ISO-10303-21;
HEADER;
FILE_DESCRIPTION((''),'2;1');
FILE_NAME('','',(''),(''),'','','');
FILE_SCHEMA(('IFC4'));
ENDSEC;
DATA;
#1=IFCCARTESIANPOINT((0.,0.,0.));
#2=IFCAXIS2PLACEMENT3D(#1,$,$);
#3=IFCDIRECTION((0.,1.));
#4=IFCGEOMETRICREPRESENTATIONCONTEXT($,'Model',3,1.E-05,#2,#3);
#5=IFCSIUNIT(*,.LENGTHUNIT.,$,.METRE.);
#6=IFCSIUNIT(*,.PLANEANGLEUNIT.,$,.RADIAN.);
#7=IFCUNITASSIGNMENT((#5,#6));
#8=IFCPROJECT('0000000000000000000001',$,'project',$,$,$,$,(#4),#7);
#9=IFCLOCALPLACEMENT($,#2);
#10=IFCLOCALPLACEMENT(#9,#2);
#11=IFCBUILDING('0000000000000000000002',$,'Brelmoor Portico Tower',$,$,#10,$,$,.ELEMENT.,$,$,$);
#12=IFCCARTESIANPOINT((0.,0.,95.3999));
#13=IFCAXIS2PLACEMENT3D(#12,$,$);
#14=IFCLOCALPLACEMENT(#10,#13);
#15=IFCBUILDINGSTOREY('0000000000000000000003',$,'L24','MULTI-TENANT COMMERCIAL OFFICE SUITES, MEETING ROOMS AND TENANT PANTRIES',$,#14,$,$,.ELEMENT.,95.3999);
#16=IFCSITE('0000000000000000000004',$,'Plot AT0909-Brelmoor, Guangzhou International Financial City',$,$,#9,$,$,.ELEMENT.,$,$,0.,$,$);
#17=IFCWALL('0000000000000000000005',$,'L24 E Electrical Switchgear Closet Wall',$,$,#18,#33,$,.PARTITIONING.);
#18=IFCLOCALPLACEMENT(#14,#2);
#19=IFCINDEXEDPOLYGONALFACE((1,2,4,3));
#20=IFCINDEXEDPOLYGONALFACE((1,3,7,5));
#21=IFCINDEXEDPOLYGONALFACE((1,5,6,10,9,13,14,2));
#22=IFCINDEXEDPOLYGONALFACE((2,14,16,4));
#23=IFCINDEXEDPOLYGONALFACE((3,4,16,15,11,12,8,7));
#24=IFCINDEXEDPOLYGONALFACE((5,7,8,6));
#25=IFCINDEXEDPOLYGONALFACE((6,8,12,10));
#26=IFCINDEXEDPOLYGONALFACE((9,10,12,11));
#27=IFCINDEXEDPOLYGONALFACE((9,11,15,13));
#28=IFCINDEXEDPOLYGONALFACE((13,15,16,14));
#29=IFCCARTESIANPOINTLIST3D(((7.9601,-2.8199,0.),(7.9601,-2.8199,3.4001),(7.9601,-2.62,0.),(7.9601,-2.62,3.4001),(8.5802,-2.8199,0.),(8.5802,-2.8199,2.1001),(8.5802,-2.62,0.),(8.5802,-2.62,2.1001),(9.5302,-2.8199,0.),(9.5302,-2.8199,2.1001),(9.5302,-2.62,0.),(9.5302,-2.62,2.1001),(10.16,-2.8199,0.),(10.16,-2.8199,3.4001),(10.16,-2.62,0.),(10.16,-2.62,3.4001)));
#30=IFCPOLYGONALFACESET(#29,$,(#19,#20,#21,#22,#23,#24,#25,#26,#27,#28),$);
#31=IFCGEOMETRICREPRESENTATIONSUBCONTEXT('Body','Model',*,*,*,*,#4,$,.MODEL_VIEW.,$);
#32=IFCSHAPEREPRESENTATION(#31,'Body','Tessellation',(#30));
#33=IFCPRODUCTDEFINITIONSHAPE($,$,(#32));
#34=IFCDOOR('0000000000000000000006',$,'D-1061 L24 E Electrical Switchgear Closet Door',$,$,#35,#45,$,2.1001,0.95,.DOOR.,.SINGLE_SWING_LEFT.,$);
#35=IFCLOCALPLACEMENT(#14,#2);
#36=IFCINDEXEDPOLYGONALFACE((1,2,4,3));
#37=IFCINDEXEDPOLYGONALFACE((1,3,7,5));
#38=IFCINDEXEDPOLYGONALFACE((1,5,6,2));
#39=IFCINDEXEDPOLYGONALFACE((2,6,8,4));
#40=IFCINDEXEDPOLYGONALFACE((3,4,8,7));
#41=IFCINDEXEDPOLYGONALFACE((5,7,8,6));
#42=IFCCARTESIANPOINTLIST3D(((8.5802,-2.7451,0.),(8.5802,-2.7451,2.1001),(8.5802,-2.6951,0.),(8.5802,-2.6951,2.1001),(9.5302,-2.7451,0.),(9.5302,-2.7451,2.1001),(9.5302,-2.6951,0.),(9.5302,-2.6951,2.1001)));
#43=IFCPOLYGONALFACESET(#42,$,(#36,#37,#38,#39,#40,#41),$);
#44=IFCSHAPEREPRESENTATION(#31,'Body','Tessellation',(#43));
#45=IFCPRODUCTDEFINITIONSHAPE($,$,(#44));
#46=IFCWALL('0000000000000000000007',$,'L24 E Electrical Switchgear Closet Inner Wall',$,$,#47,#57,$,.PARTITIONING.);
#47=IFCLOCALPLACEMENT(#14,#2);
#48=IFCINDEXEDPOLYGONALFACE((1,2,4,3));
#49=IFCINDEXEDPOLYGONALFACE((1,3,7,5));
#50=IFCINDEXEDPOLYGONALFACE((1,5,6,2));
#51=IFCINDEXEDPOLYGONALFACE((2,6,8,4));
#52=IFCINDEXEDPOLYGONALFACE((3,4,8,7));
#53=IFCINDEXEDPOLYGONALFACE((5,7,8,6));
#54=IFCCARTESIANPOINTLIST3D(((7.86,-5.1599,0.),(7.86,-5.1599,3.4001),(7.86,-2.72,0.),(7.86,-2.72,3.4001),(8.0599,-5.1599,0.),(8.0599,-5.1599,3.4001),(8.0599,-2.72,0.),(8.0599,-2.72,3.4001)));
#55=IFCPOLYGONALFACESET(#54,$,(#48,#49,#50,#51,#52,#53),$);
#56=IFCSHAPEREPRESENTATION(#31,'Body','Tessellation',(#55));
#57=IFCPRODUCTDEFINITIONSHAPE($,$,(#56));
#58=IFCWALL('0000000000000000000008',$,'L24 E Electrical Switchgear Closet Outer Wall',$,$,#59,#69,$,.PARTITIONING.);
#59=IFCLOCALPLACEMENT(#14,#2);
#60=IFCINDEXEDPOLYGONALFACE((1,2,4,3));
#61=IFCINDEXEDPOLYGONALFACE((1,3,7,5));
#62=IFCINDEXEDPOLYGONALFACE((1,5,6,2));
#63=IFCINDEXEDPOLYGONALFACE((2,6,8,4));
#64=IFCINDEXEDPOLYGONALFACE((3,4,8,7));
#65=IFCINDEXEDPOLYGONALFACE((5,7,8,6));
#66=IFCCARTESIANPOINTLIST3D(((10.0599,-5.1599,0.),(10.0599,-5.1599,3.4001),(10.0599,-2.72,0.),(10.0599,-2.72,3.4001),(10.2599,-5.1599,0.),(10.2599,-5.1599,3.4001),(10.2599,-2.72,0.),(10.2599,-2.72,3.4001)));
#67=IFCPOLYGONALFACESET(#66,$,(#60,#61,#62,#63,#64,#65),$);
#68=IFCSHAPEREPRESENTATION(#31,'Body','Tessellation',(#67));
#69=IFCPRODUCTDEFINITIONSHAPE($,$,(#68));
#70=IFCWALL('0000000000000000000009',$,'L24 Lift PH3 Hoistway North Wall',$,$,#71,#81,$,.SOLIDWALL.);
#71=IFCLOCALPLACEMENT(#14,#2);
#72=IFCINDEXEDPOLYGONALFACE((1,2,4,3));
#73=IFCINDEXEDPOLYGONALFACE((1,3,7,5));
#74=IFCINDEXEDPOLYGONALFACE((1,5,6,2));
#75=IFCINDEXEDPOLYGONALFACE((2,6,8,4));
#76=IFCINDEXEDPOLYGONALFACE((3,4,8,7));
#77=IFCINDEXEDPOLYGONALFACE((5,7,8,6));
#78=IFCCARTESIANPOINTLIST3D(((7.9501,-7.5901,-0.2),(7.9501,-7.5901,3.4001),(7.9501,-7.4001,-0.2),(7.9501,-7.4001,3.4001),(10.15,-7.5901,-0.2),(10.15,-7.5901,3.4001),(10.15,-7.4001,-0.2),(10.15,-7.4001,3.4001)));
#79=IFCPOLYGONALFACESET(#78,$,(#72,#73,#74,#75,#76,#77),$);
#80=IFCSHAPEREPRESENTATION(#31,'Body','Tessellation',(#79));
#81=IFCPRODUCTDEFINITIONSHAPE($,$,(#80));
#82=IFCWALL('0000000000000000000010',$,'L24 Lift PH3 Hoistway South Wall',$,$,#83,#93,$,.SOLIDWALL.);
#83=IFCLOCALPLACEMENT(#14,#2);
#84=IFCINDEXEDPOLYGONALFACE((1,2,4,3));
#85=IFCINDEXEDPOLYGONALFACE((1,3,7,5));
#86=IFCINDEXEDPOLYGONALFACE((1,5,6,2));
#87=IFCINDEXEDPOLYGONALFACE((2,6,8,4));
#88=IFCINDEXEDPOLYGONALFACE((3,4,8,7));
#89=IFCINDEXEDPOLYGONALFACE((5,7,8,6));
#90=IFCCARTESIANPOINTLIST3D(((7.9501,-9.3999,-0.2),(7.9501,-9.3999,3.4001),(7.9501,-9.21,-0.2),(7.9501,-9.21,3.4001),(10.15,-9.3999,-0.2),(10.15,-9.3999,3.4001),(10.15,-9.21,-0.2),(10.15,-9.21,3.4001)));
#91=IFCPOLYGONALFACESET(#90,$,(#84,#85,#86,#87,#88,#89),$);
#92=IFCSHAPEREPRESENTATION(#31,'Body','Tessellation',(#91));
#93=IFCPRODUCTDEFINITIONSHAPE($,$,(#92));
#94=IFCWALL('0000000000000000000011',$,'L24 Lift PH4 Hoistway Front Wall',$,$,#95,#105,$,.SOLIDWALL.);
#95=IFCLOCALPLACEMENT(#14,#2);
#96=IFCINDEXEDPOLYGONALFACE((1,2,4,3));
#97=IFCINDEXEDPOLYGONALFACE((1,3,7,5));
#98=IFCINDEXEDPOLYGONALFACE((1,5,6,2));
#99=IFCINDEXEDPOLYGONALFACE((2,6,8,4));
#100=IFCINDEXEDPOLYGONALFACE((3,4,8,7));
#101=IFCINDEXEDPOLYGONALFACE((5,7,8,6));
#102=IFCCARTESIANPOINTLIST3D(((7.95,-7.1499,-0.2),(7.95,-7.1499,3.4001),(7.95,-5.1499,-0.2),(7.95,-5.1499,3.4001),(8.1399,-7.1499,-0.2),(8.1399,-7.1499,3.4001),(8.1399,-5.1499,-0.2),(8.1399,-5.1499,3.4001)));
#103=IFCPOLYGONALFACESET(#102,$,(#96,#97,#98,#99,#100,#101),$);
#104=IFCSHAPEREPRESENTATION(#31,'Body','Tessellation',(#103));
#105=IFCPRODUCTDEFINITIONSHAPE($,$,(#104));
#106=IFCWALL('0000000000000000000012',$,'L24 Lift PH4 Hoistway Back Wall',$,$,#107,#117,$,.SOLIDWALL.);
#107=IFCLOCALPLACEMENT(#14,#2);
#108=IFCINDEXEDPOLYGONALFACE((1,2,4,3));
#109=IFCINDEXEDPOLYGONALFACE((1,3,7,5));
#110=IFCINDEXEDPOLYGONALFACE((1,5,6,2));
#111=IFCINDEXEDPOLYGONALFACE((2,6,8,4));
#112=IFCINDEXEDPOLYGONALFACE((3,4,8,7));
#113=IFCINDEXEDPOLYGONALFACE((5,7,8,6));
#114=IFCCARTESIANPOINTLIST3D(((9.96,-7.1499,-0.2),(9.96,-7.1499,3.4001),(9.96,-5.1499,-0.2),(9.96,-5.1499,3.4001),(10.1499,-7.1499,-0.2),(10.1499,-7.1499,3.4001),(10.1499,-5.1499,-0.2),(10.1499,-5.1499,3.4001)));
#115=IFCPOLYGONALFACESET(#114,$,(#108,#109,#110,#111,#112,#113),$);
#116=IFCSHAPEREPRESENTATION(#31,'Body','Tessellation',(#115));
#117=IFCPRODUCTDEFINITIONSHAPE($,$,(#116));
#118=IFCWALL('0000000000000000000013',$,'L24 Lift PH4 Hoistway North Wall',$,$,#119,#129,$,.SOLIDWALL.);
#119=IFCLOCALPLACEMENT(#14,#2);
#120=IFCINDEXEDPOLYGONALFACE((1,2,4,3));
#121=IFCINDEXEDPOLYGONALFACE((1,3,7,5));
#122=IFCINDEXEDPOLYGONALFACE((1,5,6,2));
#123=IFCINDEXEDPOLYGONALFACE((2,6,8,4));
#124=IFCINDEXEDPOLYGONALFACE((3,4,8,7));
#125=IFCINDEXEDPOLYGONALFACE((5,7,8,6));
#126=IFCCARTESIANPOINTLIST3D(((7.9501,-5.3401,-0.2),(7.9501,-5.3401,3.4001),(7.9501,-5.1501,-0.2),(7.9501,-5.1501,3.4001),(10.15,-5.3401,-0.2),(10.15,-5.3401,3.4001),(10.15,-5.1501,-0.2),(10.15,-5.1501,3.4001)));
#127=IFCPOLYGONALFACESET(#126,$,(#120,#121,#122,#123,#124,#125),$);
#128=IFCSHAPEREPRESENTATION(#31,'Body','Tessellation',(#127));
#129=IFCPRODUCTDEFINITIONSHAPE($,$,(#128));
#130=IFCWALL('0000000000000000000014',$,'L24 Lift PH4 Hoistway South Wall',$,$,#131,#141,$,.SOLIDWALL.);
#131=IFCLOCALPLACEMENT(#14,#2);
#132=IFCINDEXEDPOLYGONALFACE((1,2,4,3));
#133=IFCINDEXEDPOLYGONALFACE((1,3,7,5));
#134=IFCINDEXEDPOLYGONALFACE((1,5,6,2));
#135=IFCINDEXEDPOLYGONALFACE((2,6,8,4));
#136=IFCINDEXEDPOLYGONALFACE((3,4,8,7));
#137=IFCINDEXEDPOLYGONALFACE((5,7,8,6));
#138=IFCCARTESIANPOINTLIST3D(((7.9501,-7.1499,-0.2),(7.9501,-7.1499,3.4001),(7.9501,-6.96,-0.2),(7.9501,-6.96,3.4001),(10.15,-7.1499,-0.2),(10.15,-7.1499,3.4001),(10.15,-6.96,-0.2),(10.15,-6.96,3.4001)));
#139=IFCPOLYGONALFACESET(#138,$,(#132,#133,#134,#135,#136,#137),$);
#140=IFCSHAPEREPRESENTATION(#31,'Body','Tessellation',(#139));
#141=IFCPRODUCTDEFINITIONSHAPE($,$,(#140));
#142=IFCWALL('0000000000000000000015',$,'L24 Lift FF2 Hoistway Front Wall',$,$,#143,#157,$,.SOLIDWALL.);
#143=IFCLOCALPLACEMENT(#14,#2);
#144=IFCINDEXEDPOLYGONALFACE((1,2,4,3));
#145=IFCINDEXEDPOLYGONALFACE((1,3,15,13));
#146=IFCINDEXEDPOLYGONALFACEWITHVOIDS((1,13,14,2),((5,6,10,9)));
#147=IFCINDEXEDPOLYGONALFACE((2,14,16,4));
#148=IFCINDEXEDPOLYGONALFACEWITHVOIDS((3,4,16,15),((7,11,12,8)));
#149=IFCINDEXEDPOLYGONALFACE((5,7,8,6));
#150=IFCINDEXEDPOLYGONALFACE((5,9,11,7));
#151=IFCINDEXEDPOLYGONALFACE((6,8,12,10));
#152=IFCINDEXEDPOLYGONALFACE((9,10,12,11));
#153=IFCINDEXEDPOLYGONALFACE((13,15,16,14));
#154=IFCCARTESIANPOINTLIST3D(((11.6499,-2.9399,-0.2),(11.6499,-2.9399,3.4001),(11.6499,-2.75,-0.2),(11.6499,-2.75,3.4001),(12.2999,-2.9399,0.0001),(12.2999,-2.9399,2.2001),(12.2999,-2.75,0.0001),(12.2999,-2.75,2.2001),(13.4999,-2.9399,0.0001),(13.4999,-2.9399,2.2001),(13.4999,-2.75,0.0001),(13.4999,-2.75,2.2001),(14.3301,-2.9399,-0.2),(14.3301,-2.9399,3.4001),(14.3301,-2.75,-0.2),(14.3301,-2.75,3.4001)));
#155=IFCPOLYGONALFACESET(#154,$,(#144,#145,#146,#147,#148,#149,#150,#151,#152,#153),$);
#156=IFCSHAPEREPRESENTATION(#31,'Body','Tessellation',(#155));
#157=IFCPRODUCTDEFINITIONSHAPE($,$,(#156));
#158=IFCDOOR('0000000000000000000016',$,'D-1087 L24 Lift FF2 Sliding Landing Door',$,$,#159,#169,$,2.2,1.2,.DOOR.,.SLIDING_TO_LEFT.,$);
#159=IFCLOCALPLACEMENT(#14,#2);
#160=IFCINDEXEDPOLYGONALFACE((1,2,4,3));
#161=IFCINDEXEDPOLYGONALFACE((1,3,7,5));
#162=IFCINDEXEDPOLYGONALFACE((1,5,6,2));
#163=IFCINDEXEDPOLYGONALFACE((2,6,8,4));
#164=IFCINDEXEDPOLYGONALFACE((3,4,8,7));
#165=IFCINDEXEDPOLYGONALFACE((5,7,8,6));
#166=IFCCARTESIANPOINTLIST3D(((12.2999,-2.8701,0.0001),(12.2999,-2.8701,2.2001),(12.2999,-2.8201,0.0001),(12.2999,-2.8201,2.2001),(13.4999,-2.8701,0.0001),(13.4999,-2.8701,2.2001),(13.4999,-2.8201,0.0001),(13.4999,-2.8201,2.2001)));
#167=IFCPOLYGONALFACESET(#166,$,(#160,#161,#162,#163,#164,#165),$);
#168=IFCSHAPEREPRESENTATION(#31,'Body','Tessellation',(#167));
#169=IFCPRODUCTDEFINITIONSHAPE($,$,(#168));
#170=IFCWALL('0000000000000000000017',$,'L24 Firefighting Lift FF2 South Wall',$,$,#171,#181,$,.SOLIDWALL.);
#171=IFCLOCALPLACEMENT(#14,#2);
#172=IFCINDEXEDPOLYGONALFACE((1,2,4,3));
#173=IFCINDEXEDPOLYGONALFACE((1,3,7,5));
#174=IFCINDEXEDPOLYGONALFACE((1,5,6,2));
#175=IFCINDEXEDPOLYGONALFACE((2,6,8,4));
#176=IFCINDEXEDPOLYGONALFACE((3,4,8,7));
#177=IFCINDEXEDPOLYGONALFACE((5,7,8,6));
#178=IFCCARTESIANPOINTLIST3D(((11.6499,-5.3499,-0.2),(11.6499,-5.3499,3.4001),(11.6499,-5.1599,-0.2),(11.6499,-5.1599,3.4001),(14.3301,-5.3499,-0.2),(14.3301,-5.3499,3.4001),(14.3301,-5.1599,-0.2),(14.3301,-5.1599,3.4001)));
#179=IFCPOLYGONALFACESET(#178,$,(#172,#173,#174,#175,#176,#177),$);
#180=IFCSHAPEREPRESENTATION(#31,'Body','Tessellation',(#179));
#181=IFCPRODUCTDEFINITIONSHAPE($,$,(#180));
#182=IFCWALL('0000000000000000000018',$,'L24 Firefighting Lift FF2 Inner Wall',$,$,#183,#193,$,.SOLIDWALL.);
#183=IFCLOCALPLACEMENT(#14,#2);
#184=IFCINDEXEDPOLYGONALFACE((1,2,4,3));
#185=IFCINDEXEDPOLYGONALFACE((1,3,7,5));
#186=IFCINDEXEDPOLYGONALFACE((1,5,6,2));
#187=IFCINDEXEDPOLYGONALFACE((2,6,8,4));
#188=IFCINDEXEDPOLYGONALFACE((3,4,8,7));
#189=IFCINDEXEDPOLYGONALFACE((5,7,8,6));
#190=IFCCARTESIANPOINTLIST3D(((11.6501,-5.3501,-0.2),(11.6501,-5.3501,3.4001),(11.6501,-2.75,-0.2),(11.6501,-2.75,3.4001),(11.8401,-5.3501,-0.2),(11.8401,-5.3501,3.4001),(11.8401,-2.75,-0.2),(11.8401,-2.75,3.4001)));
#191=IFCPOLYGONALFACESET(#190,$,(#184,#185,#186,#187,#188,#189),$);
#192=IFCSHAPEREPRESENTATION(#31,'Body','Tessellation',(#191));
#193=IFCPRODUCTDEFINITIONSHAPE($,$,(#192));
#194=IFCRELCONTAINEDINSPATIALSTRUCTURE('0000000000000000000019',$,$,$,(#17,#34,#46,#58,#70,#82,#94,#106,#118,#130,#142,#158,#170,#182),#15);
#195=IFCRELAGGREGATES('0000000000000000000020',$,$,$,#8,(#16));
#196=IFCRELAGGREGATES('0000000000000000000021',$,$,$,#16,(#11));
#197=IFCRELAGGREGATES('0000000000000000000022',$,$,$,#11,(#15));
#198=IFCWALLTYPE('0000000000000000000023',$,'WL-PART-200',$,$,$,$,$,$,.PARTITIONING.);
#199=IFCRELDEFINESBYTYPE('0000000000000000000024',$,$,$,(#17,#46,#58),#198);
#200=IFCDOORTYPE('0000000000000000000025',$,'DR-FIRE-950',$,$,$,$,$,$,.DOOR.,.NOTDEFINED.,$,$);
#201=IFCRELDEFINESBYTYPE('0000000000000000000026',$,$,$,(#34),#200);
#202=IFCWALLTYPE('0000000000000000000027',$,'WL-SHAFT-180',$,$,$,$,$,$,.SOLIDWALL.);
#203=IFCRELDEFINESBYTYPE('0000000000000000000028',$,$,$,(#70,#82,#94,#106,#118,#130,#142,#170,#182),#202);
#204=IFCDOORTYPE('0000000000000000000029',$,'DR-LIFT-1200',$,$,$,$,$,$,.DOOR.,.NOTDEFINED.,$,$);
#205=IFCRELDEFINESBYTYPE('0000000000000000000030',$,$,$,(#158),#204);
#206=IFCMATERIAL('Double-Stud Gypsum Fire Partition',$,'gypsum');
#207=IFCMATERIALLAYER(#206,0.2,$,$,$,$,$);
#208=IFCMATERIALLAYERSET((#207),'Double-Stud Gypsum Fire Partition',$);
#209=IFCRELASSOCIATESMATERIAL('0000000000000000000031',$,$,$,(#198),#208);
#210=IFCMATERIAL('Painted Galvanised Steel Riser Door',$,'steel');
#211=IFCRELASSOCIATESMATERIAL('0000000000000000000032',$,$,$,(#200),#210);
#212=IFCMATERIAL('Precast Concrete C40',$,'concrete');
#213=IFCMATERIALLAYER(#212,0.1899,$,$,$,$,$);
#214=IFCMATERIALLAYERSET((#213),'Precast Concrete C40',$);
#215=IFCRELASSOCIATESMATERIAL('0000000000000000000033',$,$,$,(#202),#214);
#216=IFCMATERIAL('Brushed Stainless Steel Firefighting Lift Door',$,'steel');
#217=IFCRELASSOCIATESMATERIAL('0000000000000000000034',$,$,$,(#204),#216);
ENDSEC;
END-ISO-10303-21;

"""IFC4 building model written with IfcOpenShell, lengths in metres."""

from ifc_helpers import new_model, si_unit, direction, frame, frame_2d, origin, place, context, subcontext, project, spatial, rectangle, extrude, material, layer, layer_set, type_object, element, fill, save


model = new_model("IFC4")

# Units and contexts
model_context = context("Model", 3, precision=1e-05, world=origin(), true_north=direction((0.0, 1.0)))
body_context = subcontext(model_context, "Body", "Model", "MODEL_VIEW")
ifc_project = project(units=[si_unit("LENGTHUNIT", "METRE"), si_unit("PLANEANGLEUNIT", "RADIAN")], contexts=[model_context])

# Site, building, storey
site_placement = place(None, origin())
site = spatial("IfcSite", under=ifc_project, at=site_placement, Name="Plot AT0909-Brelmoor, Guangzhou International Financial City", CompositionType="ELEMENT", RefElevation=0.0)
building_placement = place(site_placement, origin())
building = spatial("IfcBuilding", under=site, at=building_placement, Name="Brelmoor Portico Tower", CompositionType="ELEMENT")
storey_placement = place(building_placement, frame((0.0, 0.0, 95.3999)))
storey = spatial("IfcBuildingStorey", under=building, at=storey_placement, Name="L24", Description="MULTI-TENANT COMMERCIAL OFFICE SUITES, MEETING ROOMS AND TENANT PANTRIES", CompositionType="ELEMENT", Elevation=95.3999)

# Wall, opening, door
ifc_material_1 = material(Name="Double-Stud Gypsum Fire Partition", Category="gypsum")
ifc_layer_1 = layer(ifc_material_1, 0.2)
ifc_layer_set_1 = layer_set([ifc_layer_1], Name="Double-Stud Gypsum Fire Partition")
wall_type_1 = type_object("IfcWallType", Name="WL-PART-200", PredefinedType="PARTITIONING", material=ifc_layer_set_1)
wall_1_placement = place(storey_placement, frame((7.96, -2.72, 0.0), z_axis=(0.0, 0.0, 1.0), x_axis=(1.0, 0.0, 0.0)))
wall_1 = element("IfcWall", 1, at=wall_1_placement, inside=storey, type_object=wall_type_1, Name="L24 E Electrical Switchgear Closet Wall", PredefinedType="PARTITIONING", context=body_context, shape_type="SweptSolid", body=[
    extrude(rectangle(XDim=2.2, YDim=0.2, at=frame_2d((1.1001, 0.0))), origin(), (0.0, 0.0, 1.0), 3.4001),
])
opening_1_placement = place(wall_1_placement, frame((0.6201, 0.0, 0.0)))
opening_1 = element("IfcOpeningElement", 2, at=opening_1_placement, cuts=wall_1, PredefinedType="OPENING", context=body_context, shape_type="SweptSolid", body=[
    extrude(rectangle(XDim=0.95, YDim=2.1001, at=frame_2d((0.4751, 1.05))), frame((0.0, 0.1099, 0.0), z_axis=(0.0, -1.0, 0.0), x_axis=(1.0, 0.0, 0.0)), (0.0, 0.0, 1.0), 0.22),
])
ifc_material_2 = material(Name="Painted Galvanised Steel Riser Door", Category="steel")
door_type_1 = type_object("IfcDoorType", Name="DR-FIRE-950", OperationType="NOTDEFINED", PredefinedType="DOOR", material=ifc_material_2)
door_1_placement = place(opening_1_placement, origin())
door_1 = element("IfcDoor", 3, at=door_1_placement, inside=storey, type_object=door_type_1, Name="D-1061 L24 E Electrical Switchgear Closet Door", OperationType="SINGLE_SWING_LEFT", OverallHeight=2.1001, OverallWidth=0.95, PredefinedType="DOOR", context=body_context, shape_type="SweptSolid", body=[
    extrude(rectangle(XDim=0.95, YDim=2.1001, at=frame_2d((0.4751, 1.05))), frame((0.0, 0.0249, 0.0), z_axis=(0.0, -1.0, 0.0), x_axis=(1.0, 0.0, 0.0)), (0.0, 0.0, 1.0), 0.05),
])
fill(opening_1, door_1)

# Walls
for number, where, z_axis, x_axis, name in (
    (4, (7.96, -5.1599, 0.0), (0.0, 0.0, 1.0), (0.0, 1.0, 0.0), "L24 E Electrical Switchgear Closet Inner Wall"),
    (5, (10.1599, -5.1599, 0.0), (0.0, 0.0, 1.0), (0.0, 1.0, 0.0), "L24 E Electrical Switchgear Closet Outer Wall"),
):
    element("IfcWall", number, at=place(storey_placement, frame(where, z_axis=z_axis, x_axis=x_axis)), inside=storey, type_object=wall_type_1, Name=name, PredefinedType="PARTITIONING", context=body_context, shape_type="SweptSolid", body=[
        extrude(rectangle(XDim=2.4399, YDim=0.2, at=frame_2d((1.22, 0.0))), origin(), (0.0, 0.0, 1.0), 3.4001),
    ])
ifc_material_3 = material(Name="Precast Concrete C40", Category="concrete")
ifc_layer_2 = layer(ifc_material_3, 0.1899)
ifc_layer_set_2 = layer_set([ifc_layer_2], Name="Precast Concrete C40")
wall_type_2 = type_object("IfcWallType", Name="WL-SHAFT-180", PredefinedType="SOLIDWALL", material=ifc_layer_set_2)
for number, where, z_axis, x_axis, name in (
    (6, (7.95, -7.4951, -0.2), (0.0, 0.0, 1.0), (1.0, 0.0, 0.0), "L24 Lift PH3 Hoistway North Wall"),
    (7, (7.95, -9.3049, -0.2), (0.0, 0.0, 1.0), (1.0, 0.0, 0.0), "L24 Lift PH3 Hoistway South Wall"),
):
    element("IfcWall", number, at=place(storey_placement, frame(where, z_axis=z_axis, x_axis=x_axis)), inside=storey, type_object=wall_type_2, Name=name, PredefinedType="SOLIDWALL", context=body_context, shape_type="SweptSolid", body=[
        extrude(rectangle(XDim=2.2, YDim=0.1899, at=frame_2d((1.1001, 0.0))), origin(), (0.0, 0.0, 1.0), 3.6001),
    ])
for number, where, z_axis, x_axis, name in (
    (8, (8.0449, -7.1499, -0.2), (0.0, 0.0, 1.0), (0.0, 1.0, 0.0), "L24 Lift PH4 Hoistway Front Wall"),
    (9, (10.0549, -7.1499, -0.2), (0.0, 0.0, 1.0), (0.0, 1.0, 0.0), "L24 Lift PH4 Hoistway Back Wall"),
):
    element("IfcWall", number, at=place(storey_placement, frame(where, z_axis=z_axis, x_axis=x_axis)), inside=storey, type_object=wall_type_2, Name=name, PredefinedType="SOLIDWALL", context=body_context, shape_type="SweptSolid", body=[
        extrude(rectangle(XDim=2.0, YDim=0.1899, at=frame_2d((1.0, 0.0))), origin(), (0.0, 0.0, 1.0), 3.6001),
    ])
for number, where, z_axis, x_axis, name in (
    (10, (7.95, -5.2451, -0.2), (0.0, 0.0, 1.0), (1.0, 0.0, 0.0), "L24 Lift PH4 Hoistway North Wall"),
    (11, (7.95, -7.0549, -0.2), (0.0, 0.0, 1.0), (1.0, 0.0, 0.0), "L24 Lift PH4 Hoistway South Wall"),
):
    element("IfcWall", number, at=place(storey_placement, frame(where, z_axis=z_axis, x_axis=x_axis)), inside=storey, type_object=wall_type_2, Name=name, PredefinedType="SOLIDWALL", context=body_context, shape_type="SweptSolid", body=[
        extrude(rectangle(XDim=2.2, YDim=0.1899, at=frame_2d((1.1001, 0.0))), origin(), (0.0, 0.0, 1.0), 3.6001),
    ])

# Wall, opening, door
wall_2_placement = place(storey_placement, frame((11.6499, -2.845, -0.2), z_axis=(0.0, 0.0, 1.0), x_axis=(1.0, 0.0, 0.0)))
wall_2 = element("IfcWall", 12, at=wall_2_placement, inside=storey, type_object=wall_type_2, Name="L24 Lift FF2 Hoistway Front Wall", PredefinedType="SOLIDWALL", context=body_context, shape_type="SweptSolid", body=[
    extrude(rectangle(XDim=2.6802, YDim=0.1899, at=frame_2d((1.3401, 0.0))), origin(), (0.0, 0.0, 1.0), 3.6001),
])
opening_2_placement = place(wall_2_placement, frame((0.6499, 0.0, 0.2)))
opening_2 = element("IfcOpeningElement", 13, at=opening_2_placement, cuts=wall_2, PredefinedType="OPENING", context=body_context, shape_type="SweptSolid", body=[
    extrude(rectangle(XDim=1.2, YDim=2.2, at=frame_2d((0.6001, 1.1001))), frame((0.0, 0.105, 0.0), z_axis=(0.0, -1.0, 0.0), x_axis=(1.0, 0.0, 0.0)), (0.0, 0.0, 1.0), 0.21),
])
ifc_material_4 = material(Name="Brushed Stainless Steel Firefighting Lift Door", Category="steel")
door_type_2 = type_object("IfcDoorType", Name="DR-LIFT-1200", OperationType="NOTDEFINED", PredefinedType="DOOR", material=ifc_material_4)
door_2_placement = place(opening_2_placement, origin())
door_2 = element("IfcDoor", 14, at=door_2_placement, inside=storey, type_object=door_type_2, Name="D-1087 L24 Lift FF2 Sliding Landing Door", OperationType="SLIDING_TO_LEFT", OverallHeight=2.2, OverallWidth=1.2, PredefinedType="DOOR", context=body_context, shape_type="SweptSolid", body=[
    extrude(rectangle(XDim=1.2, YDim=2.2, at=frame_2d((0.6001, 1.1001))), frame((0.0, 0.0249, 0.0), z_axis=(0.0, -1.0, 0.0), x_axis=(1.0, 0.0, 0.0)), (0.0, 0.0, 1.0), 0.05),
])
fill(opening_2, door_2)

# Walls
wall_3_placement = place(storey_placement, frame((11.6499, -5.2549, -0.2), z_axis=(0.0, 0.0, 1.0), x_axis=(1.0, 0.0, 0.0)))
element("IfcWall", 15, at=wall_3_placement, inside=storey, type_object=wall_type_2, Name="L24 Firefighting Lift FF2 South Wall", PredefinedType="SOLIDWALL", context=body_context, shape_type="SweptSolid", body=[
    extrude(rectangle(XDim=2.6802, YDim=0.1899, at=frame_2d((1.3401, 0.0))), origin(), (0.0, 0.0, 1.0), 3.6001),
])
wall_4_placement = place(storey_placement, frame((11.7451, -5.3501, -0.2), z_axis=(0.0, 0.0, 1.0), x_axis=(0.0, 1.0, 0.0)))
element("IfcWall", 16, at=wall_4_placement, inside=storey, type_object=wall_type_2, Name="L24 Firefighting Lift FF2 Inner Wall", PredefinedType="SOLIDWALL", context=body_context, shape_type="SweptSolid", body=[
    extrude(rectangle(XDim=2.6001, YDim=0.1899, at=frame_2d((1.3, 0.0))), origin(), (0.0, 0.0, 1.0), 3.6001),
])

save(model, "model.ifc")
